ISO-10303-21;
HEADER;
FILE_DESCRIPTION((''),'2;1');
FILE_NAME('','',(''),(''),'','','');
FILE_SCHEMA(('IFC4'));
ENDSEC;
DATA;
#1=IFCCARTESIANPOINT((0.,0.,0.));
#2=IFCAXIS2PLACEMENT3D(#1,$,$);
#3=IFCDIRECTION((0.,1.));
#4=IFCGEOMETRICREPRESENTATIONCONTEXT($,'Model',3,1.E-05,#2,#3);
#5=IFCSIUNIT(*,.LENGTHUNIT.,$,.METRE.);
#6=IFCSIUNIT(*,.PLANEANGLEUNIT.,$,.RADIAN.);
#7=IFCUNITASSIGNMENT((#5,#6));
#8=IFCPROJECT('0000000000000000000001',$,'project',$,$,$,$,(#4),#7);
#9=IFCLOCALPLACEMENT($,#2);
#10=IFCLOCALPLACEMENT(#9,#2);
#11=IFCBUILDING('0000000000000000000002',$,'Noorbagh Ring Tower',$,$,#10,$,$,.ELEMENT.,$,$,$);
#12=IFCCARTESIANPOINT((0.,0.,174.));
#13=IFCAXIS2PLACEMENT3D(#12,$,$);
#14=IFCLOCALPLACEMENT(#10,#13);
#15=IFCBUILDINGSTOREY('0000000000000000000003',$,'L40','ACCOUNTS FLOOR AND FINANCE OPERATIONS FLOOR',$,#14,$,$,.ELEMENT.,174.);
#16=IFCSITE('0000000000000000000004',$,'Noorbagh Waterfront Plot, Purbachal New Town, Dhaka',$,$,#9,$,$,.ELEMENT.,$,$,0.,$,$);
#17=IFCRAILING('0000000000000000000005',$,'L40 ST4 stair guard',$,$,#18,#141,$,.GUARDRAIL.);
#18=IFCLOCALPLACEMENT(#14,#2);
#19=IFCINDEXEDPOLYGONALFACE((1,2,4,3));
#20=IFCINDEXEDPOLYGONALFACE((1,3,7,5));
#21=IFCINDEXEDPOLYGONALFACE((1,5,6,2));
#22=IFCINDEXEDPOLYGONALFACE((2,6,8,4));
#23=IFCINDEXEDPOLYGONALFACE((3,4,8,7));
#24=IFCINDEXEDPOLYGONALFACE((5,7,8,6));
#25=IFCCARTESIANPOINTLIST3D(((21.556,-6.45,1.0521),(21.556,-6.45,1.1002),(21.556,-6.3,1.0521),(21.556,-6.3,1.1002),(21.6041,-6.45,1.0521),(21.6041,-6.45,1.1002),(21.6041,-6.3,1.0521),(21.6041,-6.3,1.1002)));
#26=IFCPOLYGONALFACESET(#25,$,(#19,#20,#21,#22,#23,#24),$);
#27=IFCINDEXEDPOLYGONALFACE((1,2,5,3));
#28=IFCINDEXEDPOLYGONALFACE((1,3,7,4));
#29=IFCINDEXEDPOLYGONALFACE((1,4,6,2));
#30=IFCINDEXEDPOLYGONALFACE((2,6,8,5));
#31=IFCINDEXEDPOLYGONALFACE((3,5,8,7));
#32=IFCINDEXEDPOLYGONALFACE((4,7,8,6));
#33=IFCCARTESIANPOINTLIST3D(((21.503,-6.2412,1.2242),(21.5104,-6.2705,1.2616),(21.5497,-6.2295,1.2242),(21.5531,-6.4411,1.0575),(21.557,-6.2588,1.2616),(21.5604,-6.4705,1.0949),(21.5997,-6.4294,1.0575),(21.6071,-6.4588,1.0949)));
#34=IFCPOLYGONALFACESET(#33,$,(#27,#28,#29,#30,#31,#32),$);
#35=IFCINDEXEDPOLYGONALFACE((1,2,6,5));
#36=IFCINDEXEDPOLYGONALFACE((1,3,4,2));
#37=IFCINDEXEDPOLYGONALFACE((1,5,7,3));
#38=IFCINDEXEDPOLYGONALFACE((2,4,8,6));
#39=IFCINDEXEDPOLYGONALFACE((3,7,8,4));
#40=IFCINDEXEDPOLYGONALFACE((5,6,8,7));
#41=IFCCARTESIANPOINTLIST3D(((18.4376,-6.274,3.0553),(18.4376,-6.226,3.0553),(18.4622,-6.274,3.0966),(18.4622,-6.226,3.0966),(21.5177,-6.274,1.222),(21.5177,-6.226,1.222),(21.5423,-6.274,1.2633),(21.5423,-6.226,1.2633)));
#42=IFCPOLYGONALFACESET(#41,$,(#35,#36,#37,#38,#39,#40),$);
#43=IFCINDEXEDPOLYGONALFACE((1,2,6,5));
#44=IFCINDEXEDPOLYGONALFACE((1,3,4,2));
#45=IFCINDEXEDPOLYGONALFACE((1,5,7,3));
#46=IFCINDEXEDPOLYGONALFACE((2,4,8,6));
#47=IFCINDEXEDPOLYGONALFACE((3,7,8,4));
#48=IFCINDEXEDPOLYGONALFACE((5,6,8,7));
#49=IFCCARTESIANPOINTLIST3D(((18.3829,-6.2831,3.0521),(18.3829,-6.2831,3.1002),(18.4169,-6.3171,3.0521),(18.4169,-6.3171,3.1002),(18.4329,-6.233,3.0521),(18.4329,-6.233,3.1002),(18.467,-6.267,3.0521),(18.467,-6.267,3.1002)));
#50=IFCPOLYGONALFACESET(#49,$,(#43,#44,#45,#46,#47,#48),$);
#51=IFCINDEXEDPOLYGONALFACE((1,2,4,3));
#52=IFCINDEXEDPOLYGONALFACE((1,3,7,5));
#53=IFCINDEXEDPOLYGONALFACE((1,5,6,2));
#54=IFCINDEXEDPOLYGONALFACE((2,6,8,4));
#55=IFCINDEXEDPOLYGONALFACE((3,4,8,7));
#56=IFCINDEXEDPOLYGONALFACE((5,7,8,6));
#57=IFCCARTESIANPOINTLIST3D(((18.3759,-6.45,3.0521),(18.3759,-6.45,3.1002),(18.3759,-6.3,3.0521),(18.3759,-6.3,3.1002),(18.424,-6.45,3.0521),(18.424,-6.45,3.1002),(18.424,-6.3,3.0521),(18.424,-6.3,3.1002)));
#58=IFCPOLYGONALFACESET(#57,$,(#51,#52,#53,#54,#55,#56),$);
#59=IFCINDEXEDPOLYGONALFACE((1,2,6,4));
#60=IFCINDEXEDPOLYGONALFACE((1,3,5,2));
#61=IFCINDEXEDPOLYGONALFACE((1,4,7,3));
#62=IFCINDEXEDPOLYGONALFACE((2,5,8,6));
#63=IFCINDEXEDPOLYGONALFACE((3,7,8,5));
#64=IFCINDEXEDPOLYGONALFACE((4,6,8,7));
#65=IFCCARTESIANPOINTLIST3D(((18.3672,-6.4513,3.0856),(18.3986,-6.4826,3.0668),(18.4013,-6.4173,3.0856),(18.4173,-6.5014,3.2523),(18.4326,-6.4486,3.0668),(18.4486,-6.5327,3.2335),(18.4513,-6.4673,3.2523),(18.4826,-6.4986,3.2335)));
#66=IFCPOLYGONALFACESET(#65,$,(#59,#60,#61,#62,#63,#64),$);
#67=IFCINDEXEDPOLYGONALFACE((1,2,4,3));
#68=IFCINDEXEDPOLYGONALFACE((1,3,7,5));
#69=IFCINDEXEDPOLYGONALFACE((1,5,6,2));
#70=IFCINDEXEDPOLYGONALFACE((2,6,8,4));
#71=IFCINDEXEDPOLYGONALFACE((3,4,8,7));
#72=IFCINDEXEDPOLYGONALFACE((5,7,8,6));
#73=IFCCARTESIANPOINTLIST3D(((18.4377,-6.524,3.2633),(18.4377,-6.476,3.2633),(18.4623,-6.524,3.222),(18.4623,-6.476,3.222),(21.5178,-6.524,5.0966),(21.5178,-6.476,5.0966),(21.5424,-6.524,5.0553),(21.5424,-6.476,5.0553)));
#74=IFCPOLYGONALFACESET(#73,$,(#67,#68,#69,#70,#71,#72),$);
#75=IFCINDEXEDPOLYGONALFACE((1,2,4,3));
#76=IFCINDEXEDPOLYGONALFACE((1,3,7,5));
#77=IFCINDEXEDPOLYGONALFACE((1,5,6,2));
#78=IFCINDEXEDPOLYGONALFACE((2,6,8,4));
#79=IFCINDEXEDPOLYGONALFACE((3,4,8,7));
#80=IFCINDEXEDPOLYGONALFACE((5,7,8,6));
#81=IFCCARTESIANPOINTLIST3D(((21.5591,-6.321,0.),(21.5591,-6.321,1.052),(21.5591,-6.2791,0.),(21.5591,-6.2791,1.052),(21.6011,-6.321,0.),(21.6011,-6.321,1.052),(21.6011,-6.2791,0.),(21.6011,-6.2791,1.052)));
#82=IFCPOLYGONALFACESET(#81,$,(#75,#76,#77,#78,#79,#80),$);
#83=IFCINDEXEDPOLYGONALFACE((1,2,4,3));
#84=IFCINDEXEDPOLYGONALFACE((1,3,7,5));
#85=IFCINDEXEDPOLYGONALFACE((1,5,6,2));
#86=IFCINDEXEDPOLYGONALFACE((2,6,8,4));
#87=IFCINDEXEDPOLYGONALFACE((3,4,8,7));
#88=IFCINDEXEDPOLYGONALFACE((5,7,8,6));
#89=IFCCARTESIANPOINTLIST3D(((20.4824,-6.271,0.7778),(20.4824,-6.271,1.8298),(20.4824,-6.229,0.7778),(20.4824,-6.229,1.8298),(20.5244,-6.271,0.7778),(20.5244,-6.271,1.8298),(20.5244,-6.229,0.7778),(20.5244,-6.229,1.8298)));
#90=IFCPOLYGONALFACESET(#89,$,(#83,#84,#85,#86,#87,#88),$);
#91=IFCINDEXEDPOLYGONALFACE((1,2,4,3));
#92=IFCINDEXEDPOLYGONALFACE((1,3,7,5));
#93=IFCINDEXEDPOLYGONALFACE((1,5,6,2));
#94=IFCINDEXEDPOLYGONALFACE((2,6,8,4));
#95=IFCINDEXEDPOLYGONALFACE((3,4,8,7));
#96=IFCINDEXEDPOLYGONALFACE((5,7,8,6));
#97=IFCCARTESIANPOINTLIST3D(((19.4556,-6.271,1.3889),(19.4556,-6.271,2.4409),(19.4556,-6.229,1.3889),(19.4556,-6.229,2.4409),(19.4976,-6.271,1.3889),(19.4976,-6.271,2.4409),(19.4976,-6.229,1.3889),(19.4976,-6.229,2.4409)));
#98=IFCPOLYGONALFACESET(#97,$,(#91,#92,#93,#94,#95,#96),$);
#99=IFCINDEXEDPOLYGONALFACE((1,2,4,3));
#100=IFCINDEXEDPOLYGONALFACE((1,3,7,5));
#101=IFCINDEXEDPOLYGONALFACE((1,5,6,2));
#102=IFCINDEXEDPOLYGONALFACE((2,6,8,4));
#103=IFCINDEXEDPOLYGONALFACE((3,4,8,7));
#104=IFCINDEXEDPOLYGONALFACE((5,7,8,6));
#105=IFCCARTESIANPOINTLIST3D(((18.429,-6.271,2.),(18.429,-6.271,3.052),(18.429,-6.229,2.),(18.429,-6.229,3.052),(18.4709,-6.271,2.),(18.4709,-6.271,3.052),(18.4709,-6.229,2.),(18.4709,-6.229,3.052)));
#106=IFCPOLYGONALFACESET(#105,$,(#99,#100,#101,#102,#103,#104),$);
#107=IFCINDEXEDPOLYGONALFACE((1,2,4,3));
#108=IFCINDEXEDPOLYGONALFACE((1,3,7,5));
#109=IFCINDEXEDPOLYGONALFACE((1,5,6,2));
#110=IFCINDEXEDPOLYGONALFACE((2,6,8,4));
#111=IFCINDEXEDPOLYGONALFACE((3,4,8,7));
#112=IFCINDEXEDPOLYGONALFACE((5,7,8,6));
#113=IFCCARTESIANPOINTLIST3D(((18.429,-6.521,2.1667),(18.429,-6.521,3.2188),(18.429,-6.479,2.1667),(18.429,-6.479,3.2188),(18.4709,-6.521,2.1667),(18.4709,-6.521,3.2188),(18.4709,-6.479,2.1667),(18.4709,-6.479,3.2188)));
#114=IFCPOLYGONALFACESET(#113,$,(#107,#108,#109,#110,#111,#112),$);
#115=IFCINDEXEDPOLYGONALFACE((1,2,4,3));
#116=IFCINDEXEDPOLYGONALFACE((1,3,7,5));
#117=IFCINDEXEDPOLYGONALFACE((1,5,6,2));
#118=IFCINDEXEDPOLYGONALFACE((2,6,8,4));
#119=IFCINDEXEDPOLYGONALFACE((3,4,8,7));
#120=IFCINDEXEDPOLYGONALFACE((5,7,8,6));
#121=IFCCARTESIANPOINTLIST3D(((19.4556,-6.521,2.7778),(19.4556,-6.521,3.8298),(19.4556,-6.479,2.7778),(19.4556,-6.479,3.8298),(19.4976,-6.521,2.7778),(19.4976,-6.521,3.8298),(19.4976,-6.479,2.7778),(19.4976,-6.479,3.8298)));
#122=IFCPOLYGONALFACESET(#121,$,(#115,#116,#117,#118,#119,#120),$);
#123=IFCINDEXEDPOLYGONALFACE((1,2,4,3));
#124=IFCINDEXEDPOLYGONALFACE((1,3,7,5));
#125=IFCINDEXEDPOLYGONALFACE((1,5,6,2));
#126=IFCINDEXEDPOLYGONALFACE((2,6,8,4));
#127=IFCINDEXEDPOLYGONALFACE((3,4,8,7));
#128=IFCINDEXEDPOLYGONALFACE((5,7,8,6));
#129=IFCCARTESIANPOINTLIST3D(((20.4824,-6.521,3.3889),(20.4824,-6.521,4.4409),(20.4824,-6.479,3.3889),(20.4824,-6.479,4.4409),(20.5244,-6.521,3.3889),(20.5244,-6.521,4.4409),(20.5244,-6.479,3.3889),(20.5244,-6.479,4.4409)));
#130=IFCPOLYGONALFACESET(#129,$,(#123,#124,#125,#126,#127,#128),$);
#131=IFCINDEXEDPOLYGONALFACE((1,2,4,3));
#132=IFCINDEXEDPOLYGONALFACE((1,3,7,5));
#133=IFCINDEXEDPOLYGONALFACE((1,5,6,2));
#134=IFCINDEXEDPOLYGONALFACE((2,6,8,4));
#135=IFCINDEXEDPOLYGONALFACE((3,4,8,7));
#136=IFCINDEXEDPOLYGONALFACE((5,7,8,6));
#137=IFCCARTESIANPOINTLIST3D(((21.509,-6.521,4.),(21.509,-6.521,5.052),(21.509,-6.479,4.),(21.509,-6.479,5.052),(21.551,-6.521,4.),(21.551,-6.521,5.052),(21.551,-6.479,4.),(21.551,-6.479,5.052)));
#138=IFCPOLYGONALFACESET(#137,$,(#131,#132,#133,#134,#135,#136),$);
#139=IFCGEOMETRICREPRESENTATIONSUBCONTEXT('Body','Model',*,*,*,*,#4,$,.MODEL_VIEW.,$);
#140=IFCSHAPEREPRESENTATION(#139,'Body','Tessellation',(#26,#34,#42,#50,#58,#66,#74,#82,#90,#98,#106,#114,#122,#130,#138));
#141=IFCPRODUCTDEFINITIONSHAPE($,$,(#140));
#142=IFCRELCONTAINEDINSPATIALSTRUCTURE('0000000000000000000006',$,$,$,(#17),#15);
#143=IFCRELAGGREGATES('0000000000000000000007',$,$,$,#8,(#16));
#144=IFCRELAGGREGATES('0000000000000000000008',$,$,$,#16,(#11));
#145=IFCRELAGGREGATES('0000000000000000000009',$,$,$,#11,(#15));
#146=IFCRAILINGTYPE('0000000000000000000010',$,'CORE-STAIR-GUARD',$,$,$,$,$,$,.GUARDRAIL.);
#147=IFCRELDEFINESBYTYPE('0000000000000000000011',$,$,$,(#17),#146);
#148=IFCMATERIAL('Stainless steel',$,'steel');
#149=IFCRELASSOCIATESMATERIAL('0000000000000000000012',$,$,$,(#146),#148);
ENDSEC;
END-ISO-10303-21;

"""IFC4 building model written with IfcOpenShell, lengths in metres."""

from ifc_helpers import new_model, si_unit, direction, frame, origin, origin_2d, place, context, subcontext, project, spatial, rectangle, extrude, material, type_object, element, save


model = new_model("IFC4")

# Units and contexts
model_context = context("Model", 3, precision=1e-05, world=origin(), true_north=direction((0.0, 1.0)))
body_context = subcontext(model_context, "Body", "Model", "MODEL_VIEW")
ifc_project = project(units=[si_unit("LENGTHUNIT", "METRE"), si_unit("PLANEANGLEUNIT", "RADIAN")], contexts=[model_context])

# Site, building, storey
site_placement = place(None, origin())
site = spatial("IfcSite", under=ifc_project, at=site_placement, Name="Noorbagh Waterfront Plot, Purbachal New Town, Dhaka", CompositionType="ELEMENT", RefElevation=0.0)
building_placement = place(site_placement, origin())
building = spatial("IfcBuilding", under=site, at=building_placement, Name="Noorbagh Ring Tower", CompositionType="ELEMENT")
storey_placement = place(building_placement, frame((0.0, 0.0, 174.0)))
storey = spatial("IfcBuildingStorey", under=building, at=storey_placement, Name="L40", Description="ACCOUNTS FLOOR AND FINANCE OPERATIONS FLOOR", CompositionType="ELEMENT", Elevation=174.0)

# Railing
ifc_material_1 = material(Name="Stainless steel", Category="steel")
railing_type_1 = type_object("IfcRailingType", Name="CORE-STAIR-GUARD", PredefinedType="GUARDRAIL", material=ifc_material_1)
railing_1_placement = place(storey_placement, frame((21.5801, -6.3, 0.0)))
element("IfcRailing", 1, at=railing_1_placement, inside=storey, type_object=railing_type_1, Name="L40 ST4 stair guard", PredefinedType="GUARDRAIL", context=body_context, shape_type="SweptSolid", body=[
    extrude(rectangle(XDim=0.0481, YDim=0.0481, at=origin_2d()), frame((0.0, 0.0, 1.0762), z_axis=(0.0, -1.0, 0.0), x_axis=(1.0, 0.0, 0.0)), (0.0, 0.0, 1.0), 0.1499),
    extrude(rectangle(XDim=0.0481, YDim=0.0481, at=origin_2d()), frame((0.0, -0.1499, 1.0762), z_axis=(-0.188776, 0.754182, 0.628946), x_axis=(-0.970073, -0.242814, 0.0)), (0.0, 0.0, 1.0), 0.2651),
    extrude(rectangle(XDim=0.0481, YDim=0.0481, at=origin_2d()), frame((-0.05, 0.05, 1.2427), z_axis=(-0.859309, 0.0, 0.511458), x_axis=(0.0, -1.0, 0.0)), (0.0, 0.0, 1.0), 3.5845),
    extrude(rectangle(XDim=0.0481, YDim=0.0481, at=origin_2d()), frame((-3.1301, 0.05, 3.0762), z_axis=(-0.707107, -0.707107, 0.0), x_axis=(0.707107, -0.707107, 0.0)), (0.0, 0.0, 1.0), 0.0708),
    extrude(rectangle(XDim=0.0481, YDim=0.0481, at=origin_2d()), frame((-3.1802, 0.0, 3.0762), z_axis=(0.0, -1.0, 0.0), x_axis=(1.0, 0.0, 0.0)), (0.0, 0.0, 1.0), 0.1499),
    extrude(rectangle(XDim=0.0481, YDim=0.0481, at=origin_2d()), frame((-3.1802, -0.1499, 3.0762), z_axis=(0.276287, -0.276287, 0.920506), x_axis=(0.707107, 0.707107, 0.0)), (0.0, 0.0, 1.0), 0.1812),
    extrude(rectangle(XDim=0.0481, YDim=0.0481, at=origin_2d()), frame((-3.1301, -0.2, 3.2427), z_axis=(0.859309, 0.0, 0.511458), x_axis=(0.0, 1.0, 0.0)), (0.0, 0.0, 1.0), 3.5845),
    extrude(rectangle(XDim=0.042, YDim=0.042, at=origin_2d()), origin(), (0.0, 0.0, 1.0), 1.052),
    extrude(rectangle(XDim=0.042, YDim=0.042, at=origin_2d()), frame((-1.0767, 0.05, 0.7778)), (0.0, 0.0, 1.0), 1.052),
    extrude(rectangle(XDim=0.042, YDim=0.042, at=origin_2d()), frame((-2.1035, 0.05, 1.3889)), (0.0, 0.0, 1.0), 1.052),
    extrude(rectangle(XDim=0.042, YDim=0.042, at=origin_2d()), frame((-3.1301, 0.05, 2.0)), (0.0, 0.0, 1.0), 1.052),
    extrude(rectangle(XDim=0.042, YDim=0.042, at=origin_2d()), frame((-3.1301, -0.2, 2.1667)), (0.0, 0.0, 1.0), 1.052),
    extrude(rectangle(XDim=0.042, YDim=0.042, at=origin_2d()), frame((-2.1035, -0.2, 2.7778)), (0.0, 0.0, 1.0), 1.052),
    extrude(rectangle(XDim=0.042, YDim=0.042, at=origin_2d()), frame((-1.0767, -0.2, 3.3889)), (0.0, 0.0, 1.0), 1.052),
    extrude(rectangle(XDim=0.042, YDim=0.042, at=origin_2d()), frame((-0.05, -0.2, 4.0)), (0.0, 0.0, 1.0), 1.052),
])

save(model, "model.ifc")
